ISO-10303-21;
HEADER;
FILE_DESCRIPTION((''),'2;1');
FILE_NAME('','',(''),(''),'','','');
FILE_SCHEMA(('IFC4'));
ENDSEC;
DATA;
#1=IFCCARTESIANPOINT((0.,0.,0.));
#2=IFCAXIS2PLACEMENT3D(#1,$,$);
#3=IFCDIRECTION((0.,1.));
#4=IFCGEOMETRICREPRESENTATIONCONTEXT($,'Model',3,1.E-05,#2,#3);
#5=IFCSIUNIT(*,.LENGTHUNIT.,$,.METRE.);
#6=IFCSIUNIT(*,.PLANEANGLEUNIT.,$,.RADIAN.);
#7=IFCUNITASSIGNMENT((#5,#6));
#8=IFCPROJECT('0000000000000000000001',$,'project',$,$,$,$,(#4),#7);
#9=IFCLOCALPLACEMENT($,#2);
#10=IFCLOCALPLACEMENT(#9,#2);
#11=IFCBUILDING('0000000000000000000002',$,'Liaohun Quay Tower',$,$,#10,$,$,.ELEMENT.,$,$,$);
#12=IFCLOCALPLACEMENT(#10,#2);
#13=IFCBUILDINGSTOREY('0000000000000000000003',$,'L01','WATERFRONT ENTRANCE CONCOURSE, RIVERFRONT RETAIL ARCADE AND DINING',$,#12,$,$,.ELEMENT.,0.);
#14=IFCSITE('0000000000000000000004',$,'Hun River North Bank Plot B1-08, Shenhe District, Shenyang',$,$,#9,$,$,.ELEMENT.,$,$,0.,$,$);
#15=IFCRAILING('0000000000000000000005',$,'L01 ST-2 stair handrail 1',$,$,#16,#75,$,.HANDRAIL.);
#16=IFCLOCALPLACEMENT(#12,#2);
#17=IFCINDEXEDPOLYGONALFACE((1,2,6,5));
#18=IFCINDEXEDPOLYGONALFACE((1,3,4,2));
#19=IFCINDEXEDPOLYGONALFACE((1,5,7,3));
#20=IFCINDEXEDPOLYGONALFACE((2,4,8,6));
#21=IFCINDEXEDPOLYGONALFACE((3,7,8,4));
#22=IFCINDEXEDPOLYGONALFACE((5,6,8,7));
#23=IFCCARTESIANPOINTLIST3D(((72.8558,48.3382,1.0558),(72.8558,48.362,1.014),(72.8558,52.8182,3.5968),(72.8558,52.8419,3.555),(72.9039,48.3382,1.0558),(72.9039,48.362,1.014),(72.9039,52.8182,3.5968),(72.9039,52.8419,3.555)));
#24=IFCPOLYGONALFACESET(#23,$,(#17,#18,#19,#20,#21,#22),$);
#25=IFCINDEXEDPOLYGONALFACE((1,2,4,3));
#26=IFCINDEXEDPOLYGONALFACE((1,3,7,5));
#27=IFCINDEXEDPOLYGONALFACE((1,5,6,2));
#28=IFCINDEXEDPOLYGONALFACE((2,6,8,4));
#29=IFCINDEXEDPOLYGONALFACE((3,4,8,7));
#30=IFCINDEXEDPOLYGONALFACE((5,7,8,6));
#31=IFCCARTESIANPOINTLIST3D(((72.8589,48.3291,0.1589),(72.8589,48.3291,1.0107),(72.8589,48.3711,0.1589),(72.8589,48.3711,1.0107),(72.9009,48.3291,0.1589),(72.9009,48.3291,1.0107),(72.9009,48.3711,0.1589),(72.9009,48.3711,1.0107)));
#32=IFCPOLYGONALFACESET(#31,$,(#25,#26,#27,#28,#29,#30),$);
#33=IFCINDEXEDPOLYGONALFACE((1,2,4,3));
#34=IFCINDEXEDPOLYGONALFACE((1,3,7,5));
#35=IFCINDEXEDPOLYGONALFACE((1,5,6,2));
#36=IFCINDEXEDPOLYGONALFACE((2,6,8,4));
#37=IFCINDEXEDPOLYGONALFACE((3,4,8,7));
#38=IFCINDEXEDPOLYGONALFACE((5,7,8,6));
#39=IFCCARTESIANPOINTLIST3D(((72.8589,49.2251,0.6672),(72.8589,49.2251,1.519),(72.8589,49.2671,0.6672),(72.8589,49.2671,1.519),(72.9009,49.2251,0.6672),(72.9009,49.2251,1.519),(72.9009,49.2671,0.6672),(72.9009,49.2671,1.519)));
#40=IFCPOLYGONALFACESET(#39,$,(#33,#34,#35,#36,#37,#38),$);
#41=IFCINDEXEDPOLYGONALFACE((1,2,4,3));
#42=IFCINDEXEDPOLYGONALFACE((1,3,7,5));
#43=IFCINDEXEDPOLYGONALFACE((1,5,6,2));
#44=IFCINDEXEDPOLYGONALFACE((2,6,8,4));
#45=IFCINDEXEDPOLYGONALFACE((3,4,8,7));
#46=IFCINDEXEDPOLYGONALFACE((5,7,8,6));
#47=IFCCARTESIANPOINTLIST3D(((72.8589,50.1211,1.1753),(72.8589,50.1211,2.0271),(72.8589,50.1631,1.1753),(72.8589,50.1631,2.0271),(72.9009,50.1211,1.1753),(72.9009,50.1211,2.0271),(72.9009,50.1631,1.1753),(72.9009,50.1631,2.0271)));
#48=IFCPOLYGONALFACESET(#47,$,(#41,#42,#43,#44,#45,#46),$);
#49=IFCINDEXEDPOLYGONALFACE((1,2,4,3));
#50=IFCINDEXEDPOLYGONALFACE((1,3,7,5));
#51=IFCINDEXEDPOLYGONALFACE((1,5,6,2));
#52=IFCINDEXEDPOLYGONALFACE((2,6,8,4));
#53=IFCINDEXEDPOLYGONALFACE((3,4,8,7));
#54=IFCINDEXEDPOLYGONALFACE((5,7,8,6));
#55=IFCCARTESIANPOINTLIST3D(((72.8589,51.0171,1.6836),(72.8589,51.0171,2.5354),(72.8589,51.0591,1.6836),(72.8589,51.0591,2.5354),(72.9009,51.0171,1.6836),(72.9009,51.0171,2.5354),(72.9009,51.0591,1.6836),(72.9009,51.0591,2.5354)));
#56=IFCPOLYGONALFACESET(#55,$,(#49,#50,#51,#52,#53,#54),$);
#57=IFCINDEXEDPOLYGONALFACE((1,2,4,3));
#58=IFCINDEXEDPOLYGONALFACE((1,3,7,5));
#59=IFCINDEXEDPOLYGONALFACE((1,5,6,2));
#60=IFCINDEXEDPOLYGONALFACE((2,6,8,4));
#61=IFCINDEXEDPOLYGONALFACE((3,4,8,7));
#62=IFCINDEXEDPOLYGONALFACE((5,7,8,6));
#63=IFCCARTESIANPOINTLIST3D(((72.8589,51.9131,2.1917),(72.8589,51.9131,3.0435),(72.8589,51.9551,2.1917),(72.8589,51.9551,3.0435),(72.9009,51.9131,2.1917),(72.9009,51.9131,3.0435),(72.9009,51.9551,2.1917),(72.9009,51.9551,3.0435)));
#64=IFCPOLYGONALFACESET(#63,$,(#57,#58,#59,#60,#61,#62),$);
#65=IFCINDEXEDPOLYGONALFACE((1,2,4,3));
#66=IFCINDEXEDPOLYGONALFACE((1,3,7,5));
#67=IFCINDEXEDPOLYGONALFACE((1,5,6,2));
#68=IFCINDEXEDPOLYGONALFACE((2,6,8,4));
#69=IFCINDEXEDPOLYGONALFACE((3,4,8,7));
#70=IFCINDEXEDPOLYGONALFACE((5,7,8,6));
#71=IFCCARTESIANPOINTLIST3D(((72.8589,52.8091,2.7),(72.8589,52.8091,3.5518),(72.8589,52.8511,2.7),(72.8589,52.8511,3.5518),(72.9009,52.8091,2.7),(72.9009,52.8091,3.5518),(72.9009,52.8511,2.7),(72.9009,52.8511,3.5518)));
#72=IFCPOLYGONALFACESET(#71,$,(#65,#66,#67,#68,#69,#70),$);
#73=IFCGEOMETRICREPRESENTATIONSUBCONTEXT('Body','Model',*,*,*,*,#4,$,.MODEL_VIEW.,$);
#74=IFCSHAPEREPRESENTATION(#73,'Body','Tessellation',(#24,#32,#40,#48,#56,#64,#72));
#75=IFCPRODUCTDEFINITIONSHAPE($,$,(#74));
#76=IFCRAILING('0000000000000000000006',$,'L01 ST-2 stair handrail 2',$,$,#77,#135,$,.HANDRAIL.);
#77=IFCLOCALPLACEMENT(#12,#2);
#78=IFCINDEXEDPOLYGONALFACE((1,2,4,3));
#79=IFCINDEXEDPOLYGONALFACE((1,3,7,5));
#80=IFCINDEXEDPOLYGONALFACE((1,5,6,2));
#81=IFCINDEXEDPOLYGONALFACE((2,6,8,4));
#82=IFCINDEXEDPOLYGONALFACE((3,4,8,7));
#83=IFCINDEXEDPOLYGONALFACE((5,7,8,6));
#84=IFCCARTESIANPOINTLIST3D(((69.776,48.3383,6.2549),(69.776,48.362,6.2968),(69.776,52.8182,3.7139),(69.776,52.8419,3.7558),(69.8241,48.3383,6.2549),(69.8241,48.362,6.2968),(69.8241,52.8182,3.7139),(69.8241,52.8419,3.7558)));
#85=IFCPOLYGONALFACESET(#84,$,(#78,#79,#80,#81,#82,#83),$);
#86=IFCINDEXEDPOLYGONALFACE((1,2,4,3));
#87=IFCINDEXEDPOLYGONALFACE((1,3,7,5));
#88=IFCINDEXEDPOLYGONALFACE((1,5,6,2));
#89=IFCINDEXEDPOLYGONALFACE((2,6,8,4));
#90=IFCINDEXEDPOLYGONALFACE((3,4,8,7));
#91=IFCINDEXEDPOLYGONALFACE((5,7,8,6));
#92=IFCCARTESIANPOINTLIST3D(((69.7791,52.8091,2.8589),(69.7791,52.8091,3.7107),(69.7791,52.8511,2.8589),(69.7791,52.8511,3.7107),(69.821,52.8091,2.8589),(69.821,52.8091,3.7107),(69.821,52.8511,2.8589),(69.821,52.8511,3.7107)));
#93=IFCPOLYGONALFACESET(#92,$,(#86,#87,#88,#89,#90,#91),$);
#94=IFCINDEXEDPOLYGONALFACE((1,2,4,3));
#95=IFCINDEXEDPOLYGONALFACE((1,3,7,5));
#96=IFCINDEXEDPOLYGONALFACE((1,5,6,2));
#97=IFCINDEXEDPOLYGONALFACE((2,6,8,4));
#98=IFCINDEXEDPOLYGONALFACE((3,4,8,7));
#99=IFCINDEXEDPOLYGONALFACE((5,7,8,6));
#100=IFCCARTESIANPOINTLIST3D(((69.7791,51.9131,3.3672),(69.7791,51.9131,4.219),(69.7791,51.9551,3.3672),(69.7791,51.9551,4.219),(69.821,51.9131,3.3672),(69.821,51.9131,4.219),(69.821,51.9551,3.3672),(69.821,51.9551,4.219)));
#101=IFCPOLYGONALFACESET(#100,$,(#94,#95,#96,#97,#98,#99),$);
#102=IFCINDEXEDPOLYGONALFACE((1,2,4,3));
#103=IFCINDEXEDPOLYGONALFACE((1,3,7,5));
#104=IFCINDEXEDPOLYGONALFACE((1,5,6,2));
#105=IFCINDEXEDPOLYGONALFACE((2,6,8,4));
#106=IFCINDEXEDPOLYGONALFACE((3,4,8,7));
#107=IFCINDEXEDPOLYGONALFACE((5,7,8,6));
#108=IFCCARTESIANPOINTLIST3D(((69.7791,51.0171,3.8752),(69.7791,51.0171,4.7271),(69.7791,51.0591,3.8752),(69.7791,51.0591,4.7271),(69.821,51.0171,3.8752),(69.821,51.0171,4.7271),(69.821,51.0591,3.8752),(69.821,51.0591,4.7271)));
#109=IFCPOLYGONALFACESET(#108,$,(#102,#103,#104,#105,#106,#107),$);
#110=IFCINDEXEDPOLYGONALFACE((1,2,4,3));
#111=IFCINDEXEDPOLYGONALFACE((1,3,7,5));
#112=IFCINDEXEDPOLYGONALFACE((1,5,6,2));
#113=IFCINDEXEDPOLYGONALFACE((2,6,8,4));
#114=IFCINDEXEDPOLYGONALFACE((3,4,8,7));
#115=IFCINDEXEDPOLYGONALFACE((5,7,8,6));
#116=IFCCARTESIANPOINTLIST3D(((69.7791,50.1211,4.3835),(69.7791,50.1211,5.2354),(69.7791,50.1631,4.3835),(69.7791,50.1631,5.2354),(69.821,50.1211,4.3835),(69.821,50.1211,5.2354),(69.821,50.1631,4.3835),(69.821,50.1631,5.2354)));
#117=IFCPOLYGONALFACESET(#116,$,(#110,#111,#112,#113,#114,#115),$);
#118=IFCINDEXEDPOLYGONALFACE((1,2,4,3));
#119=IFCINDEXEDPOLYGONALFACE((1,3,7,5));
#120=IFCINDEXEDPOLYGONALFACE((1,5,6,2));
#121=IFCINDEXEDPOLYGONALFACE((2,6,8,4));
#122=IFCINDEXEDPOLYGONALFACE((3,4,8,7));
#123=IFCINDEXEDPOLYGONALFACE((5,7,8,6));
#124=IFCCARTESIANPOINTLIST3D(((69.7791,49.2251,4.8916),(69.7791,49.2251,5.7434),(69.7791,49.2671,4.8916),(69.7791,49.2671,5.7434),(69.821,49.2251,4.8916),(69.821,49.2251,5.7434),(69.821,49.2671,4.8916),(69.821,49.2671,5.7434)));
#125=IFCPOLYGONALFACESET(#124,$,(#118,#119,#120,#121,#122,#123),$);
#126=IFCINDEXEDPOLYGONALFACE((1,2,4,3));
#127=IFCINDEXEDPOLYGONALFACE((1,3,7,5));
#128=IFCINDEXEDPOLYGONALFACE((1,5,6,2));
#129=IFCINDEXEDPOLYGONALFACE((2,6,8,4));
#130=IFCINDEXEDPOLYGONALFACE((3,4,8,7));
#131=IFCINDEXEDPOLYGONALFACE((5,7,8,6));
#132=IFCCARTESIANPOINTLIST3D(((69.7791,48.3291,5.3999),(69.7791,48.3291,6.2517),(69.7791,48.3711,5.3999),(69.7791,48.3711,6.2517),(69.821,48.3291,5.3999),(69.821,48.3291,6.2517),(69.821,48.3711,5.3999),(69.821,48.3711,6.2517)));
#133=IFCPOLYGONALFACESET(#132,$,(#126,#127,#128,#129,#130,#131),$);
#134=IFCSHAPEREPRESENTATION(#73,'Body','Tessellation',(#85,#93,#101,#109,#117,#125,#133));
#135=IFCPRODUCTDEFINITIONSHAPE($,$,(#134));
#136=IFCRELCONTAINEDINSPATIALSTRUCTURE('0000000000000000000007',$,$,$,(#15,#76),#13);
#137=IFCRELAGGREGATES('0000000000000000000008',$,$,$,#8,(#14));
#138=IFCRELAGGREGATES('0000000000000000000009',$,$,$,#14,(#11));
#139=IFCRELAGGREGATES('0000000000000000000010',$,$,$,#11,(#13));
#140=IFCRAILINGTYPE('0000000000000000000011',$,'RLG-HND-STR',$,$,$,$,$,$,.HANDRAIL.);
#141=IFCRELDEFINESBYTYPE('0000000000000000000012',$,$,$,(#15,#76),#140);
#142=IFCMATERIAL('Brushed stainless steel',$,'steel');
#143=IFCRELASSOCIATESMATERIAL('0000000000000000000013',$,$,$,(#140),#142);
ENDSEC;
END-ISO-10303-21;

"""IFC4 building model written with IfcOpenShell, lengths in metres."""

from ifc_helpers import new_model, si_unit, direction, frame, origin, origin_2d, place, context, subcontext, project, spatial, rectangle, extrude, material, type_object, element, save


model = new_model("IFC4")

# Units and contexts
model_context = context("Model", 3, precision=1e-05, world=origin(), true_north=direction((0.0, 1.0)))
body_context = subcontext(model_context, "Body", "Model", "MODEL_VIEW")
ifc_project = project(units=[si_unit("LENGTHUNIT", "METRE"), si_unit("PLANEANGLEUNIT", "RADIAN")], contexts=[model_context])

# Site, building, storey
site_placement = place(None, origin())
site = spatial("IfcSite", under=ifc_project, at=site_placement, Name="Hun River North Bank Plot B1-08, Shenhe District, Shenyang", CompositionType="ELEMENT", RefElevation=0.0)
building_placement = place(site_placement, origin())
building = spatial("IfcBuilding", under=site, at=building_placement, Name="Liaohun Quay Tower", CompositionType="ELEMENT")
storey_placement = place(building_placement, origin())
storey = spatial("IfcBuildingStorey", under=building, at=storey_placement, Name="L01", Description="WATERFRONT ENTRANCE CONCOURSE, RIVERFRONT RETAIL ARCADE AND DINING", CompositionType="ELEMENT", Elevation=0.0)

# Railings
ifc_material_1 = material(Name="Brushed stainless steel", Category="steel")
railing_type_1 = type_object("IfcRailingType", Name="RLG-HND-STR", PredefinedType="HANDRAIL", material=ifc_material_1)
railing_1_placement = place(storey_placement, frame((72.8799, 48.3501, 0.1589)))
element("IfcRailing", 1, at=railing_1_placement, inside=storey, type_object=railing_type_1, Name="L01 ST-2 stair handrail 1", PredefinedType="HANDRAIL", context=body_context, shape_type="SweptSolid", body=[
    extrude(rectangle(XDim=0.0481, YDim=0.0481, at=origin_2d()), frame((0.0, 0.0, 0.876), z_axis=(0.0, 0.869826, 0.493359), x_axis=(-1.0, 0.0, 0.0)), (0.0, 0.0, 1.0), 5.1504),
    extrude(rectangle(XDim=0.042, YDim=0.042, at=origin_2d()), origin(), (0.0, 0.0, 1.0), 0.8518),
    extrude(rectangle(XDim=0.042, YDim=0.042, at=origin_2d()), frame((0.0, 0.896, 0.5083)), (0.0, 0.0, 1.0), 0.8518),
    extrude(rectangle(XDim=0.042, YDim=0.042, at=origin_2d()), frame((0.0, 1.792, 1.0164)), (0.0, 0.0, 1.0), 0.8518),
    extrude(rectangle(XDim=0.042, YDim=0.042, at=origin_2d()), frame((0.0, 2.688, 1.5247)), (0.0, 0.0, 1.0), 0.8518),
    extrude(rectangle(XDim=0.042, YDim=0.042, at=origin_2d()), frame((0.0, 3.584, 2.0327)), (0.0, 0.0, 1.0), 0.8518),
    extrude(rectangle(XDim=0.042, YDim=0.042, at=origin_2d()), frame((0.0, 4.48, 2.541)), (0.0, 0.0, 1.0), 0.8518),
])
railing_2_placement = place(storey_placement, frame((69.8, 52.8301, 2.8589)))
element("IfcRailing", 2, at=railing_2_placement, inside=storey, type_object=railing_type_1, Name="L01 ST-2 stair handrail 2", PredefinedType="HANDRAIL", context=body_context, shape_type="SweptSolid", body=[
    extrude(rectangle(XDim=0.0481, YDim=0.0481, at=origin_2d()), frame((0.0, 0.0, 0.876), z_axis=(0.0, -0.869826, 0.493359), x_axis=(1.0, 0.0, 0.0)), (0.0, 0.0, 1.0), 5.1504),
    extrude(rectangle(XDim=0.042, YDim=0.042, at=origin_2d()), origin(), (0.0, 0.0, 1.0), 0.8518),
    extrude(rectangle(XDim=0.042, YDim=0.042, at=origin_2d()), frame((0.0, -0.896, 0.5083)), (0.0, 0.0, 1.0), 0.8518),
    extrude(rectangle(XDim=0.042, YDim=0.042, at=origin_2d()), frame((0.0, -1.792, 1.0164)), (0.0, 0.0, 1.0), 0.8518),
    extrude(rectangle(XDim=0.042, YDim=0.042, at=origin_2d()), frame((0.0, -2.688, 1.5247)), (0.0, 0.0, 1.0), 0.8518),
    extrude(rectangle(XDim=0.042, YDim=0.042, at=origin_2d()), frame((0.0, -3.584, 2.0327)), (0.0, 0.0, 1.0), 0.8518),
    extrude(rectangle(XDim=0.042, YDim=0.042, at=origin_2d()), frame((0.0, -4.48, 2.541)), (0.0, 0.0, 1.0), 0.8518),
])

save(model, "model.ifc")
